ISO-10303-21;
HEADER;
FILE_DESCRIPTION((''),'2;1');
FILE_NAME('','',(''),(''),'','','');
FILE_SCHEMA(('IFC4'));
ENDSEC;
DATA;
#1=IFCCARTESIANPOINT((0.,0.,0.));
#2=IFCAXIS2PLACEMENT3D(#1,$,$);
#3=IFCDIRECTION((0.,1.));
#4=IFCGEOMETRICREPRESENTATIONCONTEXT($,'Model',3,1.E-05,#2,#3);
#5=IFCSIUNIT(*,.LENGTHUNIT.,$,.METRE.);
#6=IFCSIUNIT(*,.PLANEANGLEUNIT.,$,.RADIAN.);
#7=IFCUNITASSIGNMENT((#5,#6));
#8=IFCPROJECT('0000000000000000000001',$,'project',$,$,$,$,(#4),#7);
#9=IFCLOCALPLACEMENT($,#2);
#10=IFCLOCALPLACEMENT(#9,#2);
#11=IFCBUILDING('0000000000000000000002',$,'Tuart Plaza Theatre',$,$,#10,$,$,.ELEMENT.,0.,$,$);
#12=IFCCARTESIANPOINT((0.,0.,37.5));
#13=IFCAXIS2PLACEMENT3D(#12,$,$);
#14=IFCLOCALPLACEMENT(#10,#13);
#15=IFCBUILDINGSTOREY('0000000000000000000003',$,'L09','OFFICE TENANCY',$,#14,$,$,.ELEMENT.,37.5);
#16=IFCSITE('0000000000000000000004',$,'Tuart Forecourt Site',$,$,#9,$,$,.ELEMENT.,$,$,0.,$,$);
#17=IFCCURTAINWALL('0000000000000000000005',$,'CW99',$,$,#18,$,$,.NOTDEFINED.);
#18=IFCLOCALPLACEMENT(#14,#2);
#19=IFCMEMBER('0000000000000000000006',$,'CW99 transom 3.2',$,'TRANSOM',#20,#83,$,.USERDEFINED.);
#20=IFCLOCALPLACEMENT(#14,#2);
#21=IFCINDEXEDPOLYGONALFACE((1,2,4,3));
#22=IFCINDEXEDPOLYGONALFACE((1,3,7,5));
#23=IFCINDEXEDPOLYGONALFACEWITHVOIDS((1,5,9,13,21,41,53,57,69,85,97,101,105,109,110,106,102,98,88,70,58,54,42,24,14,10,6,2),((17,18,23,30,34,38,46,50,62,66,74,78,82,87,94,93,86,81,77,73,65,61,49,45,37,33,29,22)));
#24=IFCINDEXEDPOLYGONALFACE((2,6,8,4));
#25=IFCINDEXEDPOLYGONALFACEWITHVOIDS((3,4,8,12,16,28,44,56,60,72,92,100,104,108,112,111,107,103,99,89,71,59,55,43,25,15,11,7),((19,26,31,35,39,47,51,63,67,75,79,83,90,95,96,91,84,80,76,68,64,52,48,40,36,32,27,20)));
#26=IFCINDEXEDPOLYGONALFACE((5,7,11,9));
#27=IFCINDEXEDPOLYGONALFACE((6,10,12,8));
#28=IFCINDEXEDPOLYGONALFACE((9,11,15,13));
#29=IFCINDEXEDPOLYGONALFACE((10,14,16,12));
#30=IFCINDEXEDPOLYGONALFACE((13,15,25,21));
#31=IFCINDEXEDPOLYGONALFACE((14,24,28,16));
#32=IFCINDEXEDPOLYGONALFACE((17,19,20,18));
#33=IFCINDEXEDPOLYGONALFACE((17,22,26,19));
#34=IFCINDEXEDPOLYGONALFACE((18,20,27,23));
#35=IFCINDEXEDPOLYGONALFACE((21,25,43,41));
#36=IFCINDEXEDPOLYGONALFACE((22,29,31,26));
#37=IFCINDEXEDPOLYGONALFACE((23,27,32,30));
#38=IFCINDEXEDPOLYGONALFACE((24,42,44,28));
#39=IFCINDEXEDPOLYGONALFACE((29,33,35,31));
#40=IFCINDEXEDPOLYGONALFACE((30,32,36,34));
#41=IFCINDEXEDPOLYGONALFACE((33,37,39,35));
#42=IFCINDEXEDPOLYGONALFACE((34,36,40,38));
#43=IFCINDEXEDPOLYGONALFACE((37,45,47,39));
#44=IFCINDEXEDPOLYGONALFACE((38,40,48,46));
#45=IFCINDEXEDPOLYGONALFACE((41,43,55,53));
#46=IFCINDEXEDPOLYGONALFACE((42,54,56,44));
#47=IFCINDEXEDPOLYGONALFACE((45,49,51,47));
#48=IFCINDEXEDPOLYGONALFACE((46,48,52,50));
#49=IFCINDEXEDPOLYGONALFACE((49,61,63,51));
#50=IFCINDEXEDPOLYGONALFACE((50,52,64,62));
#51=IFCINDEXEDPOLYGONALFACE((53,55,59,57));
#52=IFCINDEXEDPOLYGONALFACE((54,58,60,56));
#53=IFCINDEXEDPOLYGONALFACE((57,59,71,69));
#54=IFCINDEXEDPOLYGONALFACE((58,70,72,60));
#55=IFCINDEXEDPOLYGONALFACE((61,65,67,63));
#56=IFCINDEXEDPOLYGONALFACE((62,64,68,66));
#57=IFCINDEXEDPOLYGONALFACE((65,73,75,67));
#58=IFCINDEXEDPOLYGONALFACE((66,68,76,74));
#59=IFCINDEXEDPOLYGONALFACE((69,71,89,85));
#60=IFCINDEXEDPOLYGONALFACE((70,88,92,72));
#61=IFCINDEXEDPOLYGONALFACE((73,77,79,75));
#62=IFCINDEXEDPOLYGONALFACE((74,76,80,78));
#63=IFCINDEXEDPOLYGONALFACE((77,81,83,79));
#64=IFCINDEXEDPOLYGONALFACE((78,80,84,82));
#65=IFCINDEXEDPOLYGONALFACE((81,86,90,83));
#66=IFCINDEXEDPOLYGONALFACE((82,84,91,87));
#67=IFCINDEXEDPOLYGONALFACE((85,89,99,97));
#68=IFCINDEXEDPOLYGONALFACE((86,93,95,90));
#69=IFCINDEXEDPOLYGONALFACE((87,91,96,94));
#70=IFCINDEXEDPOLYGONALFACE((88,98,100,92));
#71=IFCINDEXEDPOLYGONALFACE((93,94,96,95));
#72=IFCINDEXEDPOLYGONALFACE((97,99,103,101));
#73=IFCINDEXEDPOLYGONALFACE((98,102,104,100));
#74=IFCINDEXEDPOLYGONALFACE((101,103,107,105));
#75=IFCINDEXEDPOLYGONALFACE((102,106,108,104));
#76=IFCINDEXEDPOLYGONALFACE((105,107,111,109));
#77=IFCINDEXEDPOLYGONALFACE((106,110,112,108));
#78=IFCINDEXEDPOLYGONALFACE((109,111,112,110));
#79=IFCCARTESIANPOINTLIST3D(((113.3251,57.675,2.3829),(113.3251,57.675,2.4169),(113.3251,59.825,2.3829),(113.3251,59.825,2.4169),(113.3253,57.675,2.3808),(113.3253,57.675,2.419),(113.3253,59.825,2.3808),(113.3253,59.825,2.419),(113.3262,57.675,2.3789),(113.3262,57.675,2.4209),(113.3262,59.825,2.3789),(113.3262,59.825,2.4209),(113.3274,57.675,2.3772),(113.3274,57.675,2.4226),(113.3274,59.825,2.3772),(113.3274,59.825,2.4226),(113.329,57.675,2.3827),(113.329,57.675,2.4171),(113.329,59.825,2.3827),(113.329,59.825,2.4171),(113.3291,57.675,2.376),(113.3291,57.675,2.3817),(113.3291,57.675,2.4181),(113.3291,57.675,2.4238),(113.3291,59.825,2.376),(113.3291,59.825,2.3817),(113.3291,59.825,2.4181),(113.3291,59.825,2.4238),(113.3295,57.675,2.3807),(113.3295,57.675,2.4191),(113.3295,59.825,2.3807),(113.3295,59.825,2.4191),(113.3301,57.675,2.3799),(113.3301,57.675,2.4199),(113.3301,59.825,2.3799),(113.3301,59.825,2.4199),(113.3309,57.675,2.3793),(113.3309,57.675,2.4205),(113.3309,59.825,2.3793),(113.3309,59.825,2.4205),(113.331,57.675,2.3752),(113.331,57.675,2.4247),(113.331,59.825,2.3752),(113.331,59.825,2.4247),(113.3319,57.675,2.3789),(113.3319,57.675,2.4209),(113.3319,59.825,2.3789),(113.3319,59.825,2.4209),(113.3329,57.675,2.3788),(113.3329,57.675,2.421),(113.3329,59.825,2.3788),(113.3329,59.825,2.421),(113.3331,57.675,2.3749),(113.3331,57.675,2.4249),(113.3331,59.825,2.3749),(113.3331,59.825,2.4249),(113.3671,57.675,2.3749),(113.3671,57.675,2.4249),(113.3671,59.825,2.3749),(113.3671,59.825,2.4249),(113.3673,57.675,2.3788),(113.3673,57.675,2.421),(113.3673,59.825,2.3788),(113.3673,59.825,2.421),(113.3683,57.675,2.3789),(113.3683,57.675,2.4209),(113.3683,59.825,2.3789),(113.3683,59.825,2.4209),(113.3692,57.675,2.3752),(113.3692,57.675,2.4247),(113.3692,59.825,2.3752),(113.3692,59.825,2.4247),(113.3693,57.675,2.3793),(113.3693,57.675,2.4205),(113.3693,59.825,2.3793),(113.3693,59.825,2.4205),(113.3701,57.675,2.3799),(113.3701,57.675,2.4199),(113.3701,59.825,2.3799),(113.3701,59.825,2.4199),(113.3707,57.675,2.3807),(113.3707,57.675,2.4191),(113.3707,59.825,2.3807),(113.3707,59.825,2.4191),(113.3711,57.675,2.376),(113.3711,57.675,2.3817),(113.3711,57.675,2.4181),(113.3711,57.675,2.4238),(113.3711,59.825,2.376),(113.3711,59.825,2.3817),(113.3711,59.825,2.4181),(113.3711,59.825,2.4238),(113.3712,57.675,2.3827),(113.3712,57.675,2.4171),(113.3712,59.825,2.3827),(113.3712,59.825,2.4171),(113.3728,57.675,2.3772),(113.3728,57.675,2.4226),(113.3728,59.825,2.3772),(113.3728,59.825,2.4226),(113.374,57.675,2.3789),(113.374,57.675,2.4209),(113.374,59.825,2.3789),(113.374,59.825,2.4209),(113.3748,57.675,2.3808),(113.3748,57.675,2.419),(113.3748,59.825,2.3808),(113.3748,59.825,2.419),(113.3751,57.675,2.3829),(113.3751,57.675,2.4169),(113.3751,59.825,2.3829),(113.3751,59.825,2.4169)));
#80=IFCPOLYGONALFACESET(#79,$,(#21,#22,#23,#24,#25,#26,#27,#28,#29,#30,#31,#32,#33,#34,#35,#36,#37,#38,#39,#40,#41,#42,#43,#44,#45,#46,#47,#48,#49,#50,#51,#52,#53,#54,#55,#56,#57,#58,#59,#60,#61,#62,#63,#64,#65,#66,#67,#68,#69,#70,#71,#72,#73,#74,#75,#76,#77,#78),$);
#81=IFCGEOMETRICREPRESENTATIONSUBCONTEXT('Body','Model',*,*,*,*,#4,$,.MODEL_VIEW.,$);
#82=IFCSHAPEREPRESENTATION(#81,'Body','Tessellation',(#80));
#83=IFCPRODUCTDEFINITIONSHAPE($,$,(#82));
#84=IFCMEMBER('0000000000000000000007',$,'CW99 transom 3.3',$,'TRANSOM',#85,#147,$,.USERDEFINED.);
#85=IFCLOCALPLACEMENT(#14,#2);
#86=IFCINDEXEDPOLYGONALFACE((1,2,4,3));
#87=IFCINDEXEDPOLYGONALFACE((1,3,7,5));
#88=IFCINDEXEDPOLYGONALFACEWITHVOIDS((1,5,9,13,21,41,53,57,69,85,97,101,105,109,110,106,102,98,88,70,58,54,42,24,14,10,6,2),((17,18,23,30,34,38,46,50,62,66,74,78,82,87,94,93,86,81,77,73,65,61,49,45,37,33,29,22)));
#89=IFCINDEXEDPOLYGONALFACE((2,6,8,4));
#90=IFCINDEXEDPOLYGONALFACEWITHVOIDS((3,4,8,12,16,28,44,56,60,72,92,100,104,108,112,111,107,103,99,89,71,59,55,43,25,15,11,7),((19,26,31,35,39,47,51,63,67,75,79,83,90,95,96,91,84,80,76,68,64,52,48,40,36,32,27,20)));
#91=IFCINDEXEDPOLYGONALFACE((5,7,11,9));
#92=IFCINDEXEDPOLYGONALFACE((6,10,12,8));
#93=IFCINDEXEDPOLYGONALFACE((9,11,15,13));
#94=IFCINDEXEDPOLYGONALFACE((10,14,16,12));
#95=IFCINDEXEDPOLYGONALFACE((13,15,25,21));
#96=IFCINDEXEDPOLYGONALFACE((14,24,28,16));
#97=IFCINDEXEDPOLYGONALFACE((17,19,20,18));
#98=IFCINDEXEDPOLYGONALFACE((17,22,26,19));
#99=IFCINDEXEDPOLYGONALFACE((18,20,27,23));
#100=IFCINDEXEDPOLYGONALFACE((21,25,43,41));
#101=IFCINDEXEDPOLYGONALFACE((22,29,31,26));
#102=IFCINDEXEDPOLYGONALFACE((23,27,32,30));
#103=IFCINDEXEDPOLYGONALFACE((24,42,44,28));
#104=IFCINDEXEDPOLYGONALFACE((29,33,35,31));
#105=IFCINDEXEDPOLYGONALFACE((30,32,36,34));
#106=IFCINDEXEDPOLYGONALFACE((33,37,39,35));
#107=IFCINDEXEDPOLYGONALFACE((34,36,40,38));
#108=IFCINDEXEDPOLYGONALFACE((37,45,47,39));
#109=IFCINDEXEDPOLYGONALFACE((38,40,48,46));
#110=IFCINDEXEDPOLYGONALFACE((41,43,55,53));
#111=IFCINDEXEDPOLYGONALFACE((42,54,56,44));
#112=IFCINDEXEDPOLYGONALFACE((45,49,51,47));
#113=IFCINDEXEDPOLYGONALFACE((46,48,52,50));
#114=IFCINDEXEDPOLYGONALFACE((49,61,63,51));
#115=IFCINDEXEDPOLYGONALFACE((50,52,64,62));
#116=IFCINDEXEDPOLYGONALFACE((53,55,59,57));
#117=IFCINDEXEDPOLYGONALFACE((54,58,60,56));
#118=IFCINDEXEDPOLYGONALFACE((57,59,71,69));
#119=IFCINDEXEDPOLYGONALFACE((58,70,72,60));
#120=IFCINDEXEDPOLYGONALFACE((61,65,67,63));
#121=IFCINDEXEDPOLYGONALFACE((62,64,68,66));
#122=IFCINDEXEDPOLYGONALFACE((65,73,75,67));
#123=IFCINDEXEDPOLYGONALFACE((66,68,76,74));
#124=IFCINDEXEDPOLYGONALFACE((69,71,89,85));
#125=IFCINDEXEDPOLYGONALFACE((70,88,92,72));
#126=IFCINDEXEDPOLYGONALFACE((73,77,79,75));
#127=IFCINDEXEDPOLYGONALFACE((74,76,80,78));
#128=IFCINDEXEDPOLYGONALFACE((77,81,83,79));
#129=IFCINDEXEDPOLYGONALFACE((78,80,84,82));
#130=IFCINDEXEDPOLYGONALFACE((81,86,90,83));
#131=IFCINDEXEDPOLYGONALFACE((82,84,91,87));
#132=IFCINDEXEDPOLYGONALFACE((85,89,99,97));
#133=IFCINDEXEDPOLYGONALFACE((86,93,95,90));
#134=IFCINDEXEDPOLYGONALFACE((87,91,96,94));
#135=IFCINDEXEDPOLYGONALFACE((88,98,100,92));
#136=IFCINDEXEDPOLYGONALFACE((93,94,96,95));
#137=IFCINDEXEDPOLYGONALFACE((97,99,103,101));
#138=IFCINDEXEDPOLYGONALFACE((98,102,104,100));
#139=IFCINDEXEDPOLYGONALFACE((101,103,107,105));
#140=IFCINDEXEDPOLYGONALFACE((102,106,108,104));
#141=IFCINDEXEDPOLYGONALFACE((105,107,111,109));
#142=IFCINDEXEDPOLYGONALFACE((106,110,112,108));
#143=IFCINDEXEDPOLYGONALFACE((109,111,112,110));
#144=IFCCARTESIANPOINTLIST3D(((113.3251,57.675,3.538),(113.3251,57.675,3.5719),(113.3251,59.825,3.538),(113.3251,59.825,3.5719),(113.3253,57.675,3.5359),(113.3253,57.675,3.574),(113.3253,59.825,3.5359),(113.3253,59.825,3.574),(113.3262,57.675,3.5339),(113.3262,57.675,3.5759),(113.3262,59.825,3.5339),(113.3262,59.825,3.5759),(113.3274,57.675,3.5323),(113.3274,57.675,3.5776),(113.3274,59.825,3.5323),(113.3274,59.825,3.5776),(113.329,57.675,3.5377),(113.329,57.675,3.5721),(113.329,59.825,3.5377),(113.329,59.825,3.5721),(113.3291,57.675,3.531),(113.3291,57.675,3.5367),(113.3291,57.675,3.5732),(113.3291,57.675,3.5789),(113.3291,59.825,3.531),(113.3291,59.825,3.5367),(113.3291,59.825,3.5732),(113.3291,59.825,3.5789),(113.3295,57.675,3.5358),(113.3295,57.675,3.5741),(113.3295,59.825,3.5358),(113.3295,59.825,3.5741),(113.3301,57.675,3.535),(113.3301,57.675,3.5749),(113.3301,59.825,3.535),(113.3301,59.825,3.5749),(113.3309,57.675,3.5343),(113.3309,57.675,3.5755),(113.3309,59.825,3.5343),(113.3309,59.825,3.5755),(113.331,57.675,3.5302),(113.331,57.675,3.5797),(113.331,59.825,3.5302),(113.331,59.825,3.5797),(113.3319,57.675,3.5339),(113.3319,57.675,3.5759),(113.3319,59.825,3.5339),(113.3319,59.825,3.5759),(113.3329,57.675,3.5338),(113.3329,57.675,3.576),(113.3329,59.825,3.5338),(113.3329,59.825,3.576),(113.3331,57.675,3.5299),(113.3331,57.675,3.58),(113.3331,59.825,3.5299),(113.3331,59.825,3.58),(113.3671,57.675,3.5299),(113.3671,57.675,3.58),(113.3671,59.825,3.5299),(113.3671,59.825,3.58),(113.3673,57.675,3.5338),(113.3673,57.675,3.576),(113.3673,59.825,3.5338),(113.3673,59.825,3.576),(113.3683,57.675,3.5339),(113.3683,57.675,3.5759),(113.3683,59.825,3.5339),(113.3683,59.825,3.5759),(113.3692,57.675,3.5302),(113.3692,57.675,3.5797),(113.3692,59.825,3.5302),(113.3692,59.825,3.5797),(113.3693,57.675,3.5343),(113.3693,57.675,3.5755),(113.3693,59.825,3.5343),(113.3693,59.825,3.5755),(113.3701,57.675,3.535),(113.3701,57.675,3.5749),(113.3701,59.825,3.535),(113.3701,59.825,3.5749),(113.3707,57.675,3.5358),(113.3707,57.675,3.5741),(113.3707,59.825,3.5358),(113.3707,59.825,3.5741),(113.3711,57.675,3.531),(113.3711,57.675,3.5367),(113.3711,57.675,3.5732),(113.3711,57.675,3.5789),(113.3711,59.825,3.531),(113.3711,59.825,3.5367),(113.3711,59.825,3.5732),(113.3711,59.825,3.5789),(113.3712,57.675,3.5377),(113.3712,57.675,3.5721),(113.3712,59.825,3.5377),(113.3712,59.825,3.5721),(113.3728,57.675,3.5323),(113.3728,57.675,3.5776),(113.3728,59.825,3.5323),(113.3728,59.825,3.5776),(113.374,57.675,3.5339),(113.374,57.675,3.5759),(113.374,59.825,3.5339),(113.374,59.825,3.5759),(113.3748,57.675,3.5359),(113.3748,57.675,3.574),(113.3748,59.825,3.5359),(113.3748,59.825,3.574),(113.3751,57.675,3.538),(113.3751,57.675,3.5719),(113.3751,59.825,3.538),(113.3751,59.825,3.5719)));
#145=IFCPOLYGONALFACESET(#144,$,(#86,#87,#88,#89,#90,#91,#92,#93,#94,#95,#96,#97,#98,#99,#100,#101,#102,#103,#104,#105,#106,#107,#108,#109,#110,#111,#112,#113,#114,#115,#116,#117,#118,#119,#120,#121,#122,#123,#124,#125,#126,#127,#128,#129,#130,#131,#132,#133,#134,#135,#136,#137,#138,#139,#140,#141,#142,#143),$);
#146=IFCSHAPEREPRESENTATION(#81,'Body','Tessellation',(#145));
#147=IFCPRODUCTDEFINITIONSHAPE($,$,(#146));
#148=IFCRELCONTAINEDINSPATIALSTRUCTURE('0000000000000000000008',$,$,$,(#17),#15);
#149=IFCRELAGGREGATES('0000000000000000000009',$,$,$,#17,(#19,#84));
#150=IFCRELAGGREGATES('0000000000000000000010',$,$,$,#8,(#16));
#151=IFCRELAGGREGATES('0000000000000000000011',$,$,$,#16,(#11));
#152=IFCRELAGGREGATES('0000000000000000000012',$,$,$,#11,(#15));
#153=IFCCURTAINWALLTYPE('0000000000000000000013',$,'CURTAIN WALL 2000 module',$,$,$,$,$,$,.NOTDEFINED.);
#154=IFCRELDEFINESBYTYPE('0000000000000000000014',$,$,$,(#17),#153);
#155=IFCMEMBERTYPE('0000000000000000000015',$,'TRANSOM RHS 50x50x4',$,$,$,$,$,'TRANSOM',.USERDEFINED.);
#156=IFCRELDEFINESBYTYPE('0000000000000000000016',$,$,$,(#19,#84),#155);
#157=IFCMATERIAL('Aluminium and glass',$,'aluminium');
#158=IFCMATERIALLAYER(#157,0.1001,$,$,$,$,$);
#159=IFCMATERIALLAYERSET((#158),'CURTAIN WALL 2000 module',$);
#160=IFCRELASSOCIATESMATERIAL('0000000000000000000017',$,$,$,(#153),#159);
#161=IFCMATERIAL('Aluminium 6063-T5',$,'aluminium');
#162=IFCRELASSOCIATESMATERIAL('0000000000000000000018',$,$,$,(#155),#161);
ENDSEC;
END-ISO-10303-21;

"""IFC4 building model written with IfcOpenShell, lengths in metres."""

from ifc_helpers import new_model, si_unit, direction, frame, origin, origin_2d, place, context, subcontext, project, spatial, hollow_rectangle, extrude, material, layer, layer_set, material_profile, profile_set, type_object, element, aggregate, save


model = new_model("IFC4")

# Units and contexts
model_context = context("Model", 3, precision=1e-05, world=origin(), true_north=direction((0.0, 1.0)))
body_context = subcontext(model_context, "Body", "Model", "MODEL_VIEW")
ifc_project = project(units=[si_unit("LENGTHUNIT", "METRE"), si_unit("PLANEANGLEUNIT", "RADIAN")], contexts=[model_context])

# Site, building, storey
site_placement = place(None, origin())
site = spatial("IfcSite", under=ifc_project, at=site_placement, Name="Tuart Forecourt Site", CompositionType="ELEMENT", RefElevation=0.0)
building_placement = place(site_placement, origin())
building = spatial("IfcBuilding", under=site, at=building_placement, Name="Tuart Plaza Theatre", CompositionType="ELEMENT", ElevationOfRefHeight=0.0)
storey_placement = place(building_placement, frame((0.0, 0.0, 37.5)))
storey = spatial("IfcBuildingStorey", under=building, at=storey_placement, Name="L09", Description="OFFICE TENANCY", CompositionType="ELEMENT", Elevation=37.5)

# Curtain wall, members
ifc_material_1 = material(Name="Aluminium and glass", Category="aluminium")
ifc_layer_1 = layer(ifc_material_1, 0.1001)
ifc_layer_set_1 = layer_set([ifc_layer_1], Name="CURTAIN WALL 2000 module")
curtain_wall_type = type_object("IfcCurtainWallType", Name="CURTAIN WALL 2000 module", PredefinedType="NOTDEFINED", material=ifc_layer_set_1)
curtain_wall_1_placement = place(storey_placement, origin())
curtain_wall_1 = element("IfcCurtainWall", 1, at=curtain_wall_1_placement, inside=storey, type_object=curtain_wall_type, Name="CW99", PredefinedType="NOTDEFINED")
ifc_material_2 = material(Name="Aluminium 6063-T5", Category="aluminium")
ifc_material_profile_1 = material_profile(ifc_material_2, hollow_rectangle(XDim=0.05, YDim=0.05, WallThickness=0.0039, InnerFilletRadius=0.0039, OuterFilletRadius=0.0081, at=origin_2d()), Name="RHS 50x50x4")
ifc_profile_set_1 = profile_set([ifc_material_profile_1], Name="Aluminium 6063-T5")
member_type = type_object("IfcMemberType", Name="TRANSOM RHS 50x50x4", ElementType="TRANSOM", PredefinedType="USERDEFINED", material=ifc_profile_set_1)
member_1_placement = place(storey_placement, frame((113.3501, 59.825, 2.3999), z_axis=(0.0, -1.0, 0.0), x_axis=(1.0, 0.0, 0.0)))
member_1 = element("IfcMember", 2, at=member_1_placement, type_object=member_type, Name="CW99 transom 3.2", ObjectType="TRANSOM", PredefinedType="USERDEFINED", context=body_context, shape_type="SweptSolid", body=[
    extrude(hollow_rectangle(XDim=0.05, YDim=0.05, WallThickness=0.0039, InnerFilletRadius=0.0039, OuterFilletRadius=0.0081, at=origin_2d()), origin(), (0.0, 0.0, 1.0), 2.1499),
])
member_2_placement = place(storey_placement, frame((113.3501, 59.825, 3.5549), z_axis=(0.0, -1.0, 0.0), x_axis=(1.0, 0.0, 0.0)))
member_2 = element("IfcMember", 3, at=member_2_placement, type_object=member_type, Name="CW99 transom 3.3", ObjectType="TRANSOM", PredefinedType="USERDEFINED", context=body_context, shape_type="SweptSolid", body=[
    extrude(hollow_rectangle(XDim=0.05, YDim=0.05, WallThickness=0.0039, InnerFilletRadius=0.0039, OuterFilletRadius=0.0081, at=origin_2d()), origin(), (0.0, 0.0, 1.0), 2.1499),
])

aggregate(curtain_wall_1, [member_1, member_2])

save(model, "model.ifc")
